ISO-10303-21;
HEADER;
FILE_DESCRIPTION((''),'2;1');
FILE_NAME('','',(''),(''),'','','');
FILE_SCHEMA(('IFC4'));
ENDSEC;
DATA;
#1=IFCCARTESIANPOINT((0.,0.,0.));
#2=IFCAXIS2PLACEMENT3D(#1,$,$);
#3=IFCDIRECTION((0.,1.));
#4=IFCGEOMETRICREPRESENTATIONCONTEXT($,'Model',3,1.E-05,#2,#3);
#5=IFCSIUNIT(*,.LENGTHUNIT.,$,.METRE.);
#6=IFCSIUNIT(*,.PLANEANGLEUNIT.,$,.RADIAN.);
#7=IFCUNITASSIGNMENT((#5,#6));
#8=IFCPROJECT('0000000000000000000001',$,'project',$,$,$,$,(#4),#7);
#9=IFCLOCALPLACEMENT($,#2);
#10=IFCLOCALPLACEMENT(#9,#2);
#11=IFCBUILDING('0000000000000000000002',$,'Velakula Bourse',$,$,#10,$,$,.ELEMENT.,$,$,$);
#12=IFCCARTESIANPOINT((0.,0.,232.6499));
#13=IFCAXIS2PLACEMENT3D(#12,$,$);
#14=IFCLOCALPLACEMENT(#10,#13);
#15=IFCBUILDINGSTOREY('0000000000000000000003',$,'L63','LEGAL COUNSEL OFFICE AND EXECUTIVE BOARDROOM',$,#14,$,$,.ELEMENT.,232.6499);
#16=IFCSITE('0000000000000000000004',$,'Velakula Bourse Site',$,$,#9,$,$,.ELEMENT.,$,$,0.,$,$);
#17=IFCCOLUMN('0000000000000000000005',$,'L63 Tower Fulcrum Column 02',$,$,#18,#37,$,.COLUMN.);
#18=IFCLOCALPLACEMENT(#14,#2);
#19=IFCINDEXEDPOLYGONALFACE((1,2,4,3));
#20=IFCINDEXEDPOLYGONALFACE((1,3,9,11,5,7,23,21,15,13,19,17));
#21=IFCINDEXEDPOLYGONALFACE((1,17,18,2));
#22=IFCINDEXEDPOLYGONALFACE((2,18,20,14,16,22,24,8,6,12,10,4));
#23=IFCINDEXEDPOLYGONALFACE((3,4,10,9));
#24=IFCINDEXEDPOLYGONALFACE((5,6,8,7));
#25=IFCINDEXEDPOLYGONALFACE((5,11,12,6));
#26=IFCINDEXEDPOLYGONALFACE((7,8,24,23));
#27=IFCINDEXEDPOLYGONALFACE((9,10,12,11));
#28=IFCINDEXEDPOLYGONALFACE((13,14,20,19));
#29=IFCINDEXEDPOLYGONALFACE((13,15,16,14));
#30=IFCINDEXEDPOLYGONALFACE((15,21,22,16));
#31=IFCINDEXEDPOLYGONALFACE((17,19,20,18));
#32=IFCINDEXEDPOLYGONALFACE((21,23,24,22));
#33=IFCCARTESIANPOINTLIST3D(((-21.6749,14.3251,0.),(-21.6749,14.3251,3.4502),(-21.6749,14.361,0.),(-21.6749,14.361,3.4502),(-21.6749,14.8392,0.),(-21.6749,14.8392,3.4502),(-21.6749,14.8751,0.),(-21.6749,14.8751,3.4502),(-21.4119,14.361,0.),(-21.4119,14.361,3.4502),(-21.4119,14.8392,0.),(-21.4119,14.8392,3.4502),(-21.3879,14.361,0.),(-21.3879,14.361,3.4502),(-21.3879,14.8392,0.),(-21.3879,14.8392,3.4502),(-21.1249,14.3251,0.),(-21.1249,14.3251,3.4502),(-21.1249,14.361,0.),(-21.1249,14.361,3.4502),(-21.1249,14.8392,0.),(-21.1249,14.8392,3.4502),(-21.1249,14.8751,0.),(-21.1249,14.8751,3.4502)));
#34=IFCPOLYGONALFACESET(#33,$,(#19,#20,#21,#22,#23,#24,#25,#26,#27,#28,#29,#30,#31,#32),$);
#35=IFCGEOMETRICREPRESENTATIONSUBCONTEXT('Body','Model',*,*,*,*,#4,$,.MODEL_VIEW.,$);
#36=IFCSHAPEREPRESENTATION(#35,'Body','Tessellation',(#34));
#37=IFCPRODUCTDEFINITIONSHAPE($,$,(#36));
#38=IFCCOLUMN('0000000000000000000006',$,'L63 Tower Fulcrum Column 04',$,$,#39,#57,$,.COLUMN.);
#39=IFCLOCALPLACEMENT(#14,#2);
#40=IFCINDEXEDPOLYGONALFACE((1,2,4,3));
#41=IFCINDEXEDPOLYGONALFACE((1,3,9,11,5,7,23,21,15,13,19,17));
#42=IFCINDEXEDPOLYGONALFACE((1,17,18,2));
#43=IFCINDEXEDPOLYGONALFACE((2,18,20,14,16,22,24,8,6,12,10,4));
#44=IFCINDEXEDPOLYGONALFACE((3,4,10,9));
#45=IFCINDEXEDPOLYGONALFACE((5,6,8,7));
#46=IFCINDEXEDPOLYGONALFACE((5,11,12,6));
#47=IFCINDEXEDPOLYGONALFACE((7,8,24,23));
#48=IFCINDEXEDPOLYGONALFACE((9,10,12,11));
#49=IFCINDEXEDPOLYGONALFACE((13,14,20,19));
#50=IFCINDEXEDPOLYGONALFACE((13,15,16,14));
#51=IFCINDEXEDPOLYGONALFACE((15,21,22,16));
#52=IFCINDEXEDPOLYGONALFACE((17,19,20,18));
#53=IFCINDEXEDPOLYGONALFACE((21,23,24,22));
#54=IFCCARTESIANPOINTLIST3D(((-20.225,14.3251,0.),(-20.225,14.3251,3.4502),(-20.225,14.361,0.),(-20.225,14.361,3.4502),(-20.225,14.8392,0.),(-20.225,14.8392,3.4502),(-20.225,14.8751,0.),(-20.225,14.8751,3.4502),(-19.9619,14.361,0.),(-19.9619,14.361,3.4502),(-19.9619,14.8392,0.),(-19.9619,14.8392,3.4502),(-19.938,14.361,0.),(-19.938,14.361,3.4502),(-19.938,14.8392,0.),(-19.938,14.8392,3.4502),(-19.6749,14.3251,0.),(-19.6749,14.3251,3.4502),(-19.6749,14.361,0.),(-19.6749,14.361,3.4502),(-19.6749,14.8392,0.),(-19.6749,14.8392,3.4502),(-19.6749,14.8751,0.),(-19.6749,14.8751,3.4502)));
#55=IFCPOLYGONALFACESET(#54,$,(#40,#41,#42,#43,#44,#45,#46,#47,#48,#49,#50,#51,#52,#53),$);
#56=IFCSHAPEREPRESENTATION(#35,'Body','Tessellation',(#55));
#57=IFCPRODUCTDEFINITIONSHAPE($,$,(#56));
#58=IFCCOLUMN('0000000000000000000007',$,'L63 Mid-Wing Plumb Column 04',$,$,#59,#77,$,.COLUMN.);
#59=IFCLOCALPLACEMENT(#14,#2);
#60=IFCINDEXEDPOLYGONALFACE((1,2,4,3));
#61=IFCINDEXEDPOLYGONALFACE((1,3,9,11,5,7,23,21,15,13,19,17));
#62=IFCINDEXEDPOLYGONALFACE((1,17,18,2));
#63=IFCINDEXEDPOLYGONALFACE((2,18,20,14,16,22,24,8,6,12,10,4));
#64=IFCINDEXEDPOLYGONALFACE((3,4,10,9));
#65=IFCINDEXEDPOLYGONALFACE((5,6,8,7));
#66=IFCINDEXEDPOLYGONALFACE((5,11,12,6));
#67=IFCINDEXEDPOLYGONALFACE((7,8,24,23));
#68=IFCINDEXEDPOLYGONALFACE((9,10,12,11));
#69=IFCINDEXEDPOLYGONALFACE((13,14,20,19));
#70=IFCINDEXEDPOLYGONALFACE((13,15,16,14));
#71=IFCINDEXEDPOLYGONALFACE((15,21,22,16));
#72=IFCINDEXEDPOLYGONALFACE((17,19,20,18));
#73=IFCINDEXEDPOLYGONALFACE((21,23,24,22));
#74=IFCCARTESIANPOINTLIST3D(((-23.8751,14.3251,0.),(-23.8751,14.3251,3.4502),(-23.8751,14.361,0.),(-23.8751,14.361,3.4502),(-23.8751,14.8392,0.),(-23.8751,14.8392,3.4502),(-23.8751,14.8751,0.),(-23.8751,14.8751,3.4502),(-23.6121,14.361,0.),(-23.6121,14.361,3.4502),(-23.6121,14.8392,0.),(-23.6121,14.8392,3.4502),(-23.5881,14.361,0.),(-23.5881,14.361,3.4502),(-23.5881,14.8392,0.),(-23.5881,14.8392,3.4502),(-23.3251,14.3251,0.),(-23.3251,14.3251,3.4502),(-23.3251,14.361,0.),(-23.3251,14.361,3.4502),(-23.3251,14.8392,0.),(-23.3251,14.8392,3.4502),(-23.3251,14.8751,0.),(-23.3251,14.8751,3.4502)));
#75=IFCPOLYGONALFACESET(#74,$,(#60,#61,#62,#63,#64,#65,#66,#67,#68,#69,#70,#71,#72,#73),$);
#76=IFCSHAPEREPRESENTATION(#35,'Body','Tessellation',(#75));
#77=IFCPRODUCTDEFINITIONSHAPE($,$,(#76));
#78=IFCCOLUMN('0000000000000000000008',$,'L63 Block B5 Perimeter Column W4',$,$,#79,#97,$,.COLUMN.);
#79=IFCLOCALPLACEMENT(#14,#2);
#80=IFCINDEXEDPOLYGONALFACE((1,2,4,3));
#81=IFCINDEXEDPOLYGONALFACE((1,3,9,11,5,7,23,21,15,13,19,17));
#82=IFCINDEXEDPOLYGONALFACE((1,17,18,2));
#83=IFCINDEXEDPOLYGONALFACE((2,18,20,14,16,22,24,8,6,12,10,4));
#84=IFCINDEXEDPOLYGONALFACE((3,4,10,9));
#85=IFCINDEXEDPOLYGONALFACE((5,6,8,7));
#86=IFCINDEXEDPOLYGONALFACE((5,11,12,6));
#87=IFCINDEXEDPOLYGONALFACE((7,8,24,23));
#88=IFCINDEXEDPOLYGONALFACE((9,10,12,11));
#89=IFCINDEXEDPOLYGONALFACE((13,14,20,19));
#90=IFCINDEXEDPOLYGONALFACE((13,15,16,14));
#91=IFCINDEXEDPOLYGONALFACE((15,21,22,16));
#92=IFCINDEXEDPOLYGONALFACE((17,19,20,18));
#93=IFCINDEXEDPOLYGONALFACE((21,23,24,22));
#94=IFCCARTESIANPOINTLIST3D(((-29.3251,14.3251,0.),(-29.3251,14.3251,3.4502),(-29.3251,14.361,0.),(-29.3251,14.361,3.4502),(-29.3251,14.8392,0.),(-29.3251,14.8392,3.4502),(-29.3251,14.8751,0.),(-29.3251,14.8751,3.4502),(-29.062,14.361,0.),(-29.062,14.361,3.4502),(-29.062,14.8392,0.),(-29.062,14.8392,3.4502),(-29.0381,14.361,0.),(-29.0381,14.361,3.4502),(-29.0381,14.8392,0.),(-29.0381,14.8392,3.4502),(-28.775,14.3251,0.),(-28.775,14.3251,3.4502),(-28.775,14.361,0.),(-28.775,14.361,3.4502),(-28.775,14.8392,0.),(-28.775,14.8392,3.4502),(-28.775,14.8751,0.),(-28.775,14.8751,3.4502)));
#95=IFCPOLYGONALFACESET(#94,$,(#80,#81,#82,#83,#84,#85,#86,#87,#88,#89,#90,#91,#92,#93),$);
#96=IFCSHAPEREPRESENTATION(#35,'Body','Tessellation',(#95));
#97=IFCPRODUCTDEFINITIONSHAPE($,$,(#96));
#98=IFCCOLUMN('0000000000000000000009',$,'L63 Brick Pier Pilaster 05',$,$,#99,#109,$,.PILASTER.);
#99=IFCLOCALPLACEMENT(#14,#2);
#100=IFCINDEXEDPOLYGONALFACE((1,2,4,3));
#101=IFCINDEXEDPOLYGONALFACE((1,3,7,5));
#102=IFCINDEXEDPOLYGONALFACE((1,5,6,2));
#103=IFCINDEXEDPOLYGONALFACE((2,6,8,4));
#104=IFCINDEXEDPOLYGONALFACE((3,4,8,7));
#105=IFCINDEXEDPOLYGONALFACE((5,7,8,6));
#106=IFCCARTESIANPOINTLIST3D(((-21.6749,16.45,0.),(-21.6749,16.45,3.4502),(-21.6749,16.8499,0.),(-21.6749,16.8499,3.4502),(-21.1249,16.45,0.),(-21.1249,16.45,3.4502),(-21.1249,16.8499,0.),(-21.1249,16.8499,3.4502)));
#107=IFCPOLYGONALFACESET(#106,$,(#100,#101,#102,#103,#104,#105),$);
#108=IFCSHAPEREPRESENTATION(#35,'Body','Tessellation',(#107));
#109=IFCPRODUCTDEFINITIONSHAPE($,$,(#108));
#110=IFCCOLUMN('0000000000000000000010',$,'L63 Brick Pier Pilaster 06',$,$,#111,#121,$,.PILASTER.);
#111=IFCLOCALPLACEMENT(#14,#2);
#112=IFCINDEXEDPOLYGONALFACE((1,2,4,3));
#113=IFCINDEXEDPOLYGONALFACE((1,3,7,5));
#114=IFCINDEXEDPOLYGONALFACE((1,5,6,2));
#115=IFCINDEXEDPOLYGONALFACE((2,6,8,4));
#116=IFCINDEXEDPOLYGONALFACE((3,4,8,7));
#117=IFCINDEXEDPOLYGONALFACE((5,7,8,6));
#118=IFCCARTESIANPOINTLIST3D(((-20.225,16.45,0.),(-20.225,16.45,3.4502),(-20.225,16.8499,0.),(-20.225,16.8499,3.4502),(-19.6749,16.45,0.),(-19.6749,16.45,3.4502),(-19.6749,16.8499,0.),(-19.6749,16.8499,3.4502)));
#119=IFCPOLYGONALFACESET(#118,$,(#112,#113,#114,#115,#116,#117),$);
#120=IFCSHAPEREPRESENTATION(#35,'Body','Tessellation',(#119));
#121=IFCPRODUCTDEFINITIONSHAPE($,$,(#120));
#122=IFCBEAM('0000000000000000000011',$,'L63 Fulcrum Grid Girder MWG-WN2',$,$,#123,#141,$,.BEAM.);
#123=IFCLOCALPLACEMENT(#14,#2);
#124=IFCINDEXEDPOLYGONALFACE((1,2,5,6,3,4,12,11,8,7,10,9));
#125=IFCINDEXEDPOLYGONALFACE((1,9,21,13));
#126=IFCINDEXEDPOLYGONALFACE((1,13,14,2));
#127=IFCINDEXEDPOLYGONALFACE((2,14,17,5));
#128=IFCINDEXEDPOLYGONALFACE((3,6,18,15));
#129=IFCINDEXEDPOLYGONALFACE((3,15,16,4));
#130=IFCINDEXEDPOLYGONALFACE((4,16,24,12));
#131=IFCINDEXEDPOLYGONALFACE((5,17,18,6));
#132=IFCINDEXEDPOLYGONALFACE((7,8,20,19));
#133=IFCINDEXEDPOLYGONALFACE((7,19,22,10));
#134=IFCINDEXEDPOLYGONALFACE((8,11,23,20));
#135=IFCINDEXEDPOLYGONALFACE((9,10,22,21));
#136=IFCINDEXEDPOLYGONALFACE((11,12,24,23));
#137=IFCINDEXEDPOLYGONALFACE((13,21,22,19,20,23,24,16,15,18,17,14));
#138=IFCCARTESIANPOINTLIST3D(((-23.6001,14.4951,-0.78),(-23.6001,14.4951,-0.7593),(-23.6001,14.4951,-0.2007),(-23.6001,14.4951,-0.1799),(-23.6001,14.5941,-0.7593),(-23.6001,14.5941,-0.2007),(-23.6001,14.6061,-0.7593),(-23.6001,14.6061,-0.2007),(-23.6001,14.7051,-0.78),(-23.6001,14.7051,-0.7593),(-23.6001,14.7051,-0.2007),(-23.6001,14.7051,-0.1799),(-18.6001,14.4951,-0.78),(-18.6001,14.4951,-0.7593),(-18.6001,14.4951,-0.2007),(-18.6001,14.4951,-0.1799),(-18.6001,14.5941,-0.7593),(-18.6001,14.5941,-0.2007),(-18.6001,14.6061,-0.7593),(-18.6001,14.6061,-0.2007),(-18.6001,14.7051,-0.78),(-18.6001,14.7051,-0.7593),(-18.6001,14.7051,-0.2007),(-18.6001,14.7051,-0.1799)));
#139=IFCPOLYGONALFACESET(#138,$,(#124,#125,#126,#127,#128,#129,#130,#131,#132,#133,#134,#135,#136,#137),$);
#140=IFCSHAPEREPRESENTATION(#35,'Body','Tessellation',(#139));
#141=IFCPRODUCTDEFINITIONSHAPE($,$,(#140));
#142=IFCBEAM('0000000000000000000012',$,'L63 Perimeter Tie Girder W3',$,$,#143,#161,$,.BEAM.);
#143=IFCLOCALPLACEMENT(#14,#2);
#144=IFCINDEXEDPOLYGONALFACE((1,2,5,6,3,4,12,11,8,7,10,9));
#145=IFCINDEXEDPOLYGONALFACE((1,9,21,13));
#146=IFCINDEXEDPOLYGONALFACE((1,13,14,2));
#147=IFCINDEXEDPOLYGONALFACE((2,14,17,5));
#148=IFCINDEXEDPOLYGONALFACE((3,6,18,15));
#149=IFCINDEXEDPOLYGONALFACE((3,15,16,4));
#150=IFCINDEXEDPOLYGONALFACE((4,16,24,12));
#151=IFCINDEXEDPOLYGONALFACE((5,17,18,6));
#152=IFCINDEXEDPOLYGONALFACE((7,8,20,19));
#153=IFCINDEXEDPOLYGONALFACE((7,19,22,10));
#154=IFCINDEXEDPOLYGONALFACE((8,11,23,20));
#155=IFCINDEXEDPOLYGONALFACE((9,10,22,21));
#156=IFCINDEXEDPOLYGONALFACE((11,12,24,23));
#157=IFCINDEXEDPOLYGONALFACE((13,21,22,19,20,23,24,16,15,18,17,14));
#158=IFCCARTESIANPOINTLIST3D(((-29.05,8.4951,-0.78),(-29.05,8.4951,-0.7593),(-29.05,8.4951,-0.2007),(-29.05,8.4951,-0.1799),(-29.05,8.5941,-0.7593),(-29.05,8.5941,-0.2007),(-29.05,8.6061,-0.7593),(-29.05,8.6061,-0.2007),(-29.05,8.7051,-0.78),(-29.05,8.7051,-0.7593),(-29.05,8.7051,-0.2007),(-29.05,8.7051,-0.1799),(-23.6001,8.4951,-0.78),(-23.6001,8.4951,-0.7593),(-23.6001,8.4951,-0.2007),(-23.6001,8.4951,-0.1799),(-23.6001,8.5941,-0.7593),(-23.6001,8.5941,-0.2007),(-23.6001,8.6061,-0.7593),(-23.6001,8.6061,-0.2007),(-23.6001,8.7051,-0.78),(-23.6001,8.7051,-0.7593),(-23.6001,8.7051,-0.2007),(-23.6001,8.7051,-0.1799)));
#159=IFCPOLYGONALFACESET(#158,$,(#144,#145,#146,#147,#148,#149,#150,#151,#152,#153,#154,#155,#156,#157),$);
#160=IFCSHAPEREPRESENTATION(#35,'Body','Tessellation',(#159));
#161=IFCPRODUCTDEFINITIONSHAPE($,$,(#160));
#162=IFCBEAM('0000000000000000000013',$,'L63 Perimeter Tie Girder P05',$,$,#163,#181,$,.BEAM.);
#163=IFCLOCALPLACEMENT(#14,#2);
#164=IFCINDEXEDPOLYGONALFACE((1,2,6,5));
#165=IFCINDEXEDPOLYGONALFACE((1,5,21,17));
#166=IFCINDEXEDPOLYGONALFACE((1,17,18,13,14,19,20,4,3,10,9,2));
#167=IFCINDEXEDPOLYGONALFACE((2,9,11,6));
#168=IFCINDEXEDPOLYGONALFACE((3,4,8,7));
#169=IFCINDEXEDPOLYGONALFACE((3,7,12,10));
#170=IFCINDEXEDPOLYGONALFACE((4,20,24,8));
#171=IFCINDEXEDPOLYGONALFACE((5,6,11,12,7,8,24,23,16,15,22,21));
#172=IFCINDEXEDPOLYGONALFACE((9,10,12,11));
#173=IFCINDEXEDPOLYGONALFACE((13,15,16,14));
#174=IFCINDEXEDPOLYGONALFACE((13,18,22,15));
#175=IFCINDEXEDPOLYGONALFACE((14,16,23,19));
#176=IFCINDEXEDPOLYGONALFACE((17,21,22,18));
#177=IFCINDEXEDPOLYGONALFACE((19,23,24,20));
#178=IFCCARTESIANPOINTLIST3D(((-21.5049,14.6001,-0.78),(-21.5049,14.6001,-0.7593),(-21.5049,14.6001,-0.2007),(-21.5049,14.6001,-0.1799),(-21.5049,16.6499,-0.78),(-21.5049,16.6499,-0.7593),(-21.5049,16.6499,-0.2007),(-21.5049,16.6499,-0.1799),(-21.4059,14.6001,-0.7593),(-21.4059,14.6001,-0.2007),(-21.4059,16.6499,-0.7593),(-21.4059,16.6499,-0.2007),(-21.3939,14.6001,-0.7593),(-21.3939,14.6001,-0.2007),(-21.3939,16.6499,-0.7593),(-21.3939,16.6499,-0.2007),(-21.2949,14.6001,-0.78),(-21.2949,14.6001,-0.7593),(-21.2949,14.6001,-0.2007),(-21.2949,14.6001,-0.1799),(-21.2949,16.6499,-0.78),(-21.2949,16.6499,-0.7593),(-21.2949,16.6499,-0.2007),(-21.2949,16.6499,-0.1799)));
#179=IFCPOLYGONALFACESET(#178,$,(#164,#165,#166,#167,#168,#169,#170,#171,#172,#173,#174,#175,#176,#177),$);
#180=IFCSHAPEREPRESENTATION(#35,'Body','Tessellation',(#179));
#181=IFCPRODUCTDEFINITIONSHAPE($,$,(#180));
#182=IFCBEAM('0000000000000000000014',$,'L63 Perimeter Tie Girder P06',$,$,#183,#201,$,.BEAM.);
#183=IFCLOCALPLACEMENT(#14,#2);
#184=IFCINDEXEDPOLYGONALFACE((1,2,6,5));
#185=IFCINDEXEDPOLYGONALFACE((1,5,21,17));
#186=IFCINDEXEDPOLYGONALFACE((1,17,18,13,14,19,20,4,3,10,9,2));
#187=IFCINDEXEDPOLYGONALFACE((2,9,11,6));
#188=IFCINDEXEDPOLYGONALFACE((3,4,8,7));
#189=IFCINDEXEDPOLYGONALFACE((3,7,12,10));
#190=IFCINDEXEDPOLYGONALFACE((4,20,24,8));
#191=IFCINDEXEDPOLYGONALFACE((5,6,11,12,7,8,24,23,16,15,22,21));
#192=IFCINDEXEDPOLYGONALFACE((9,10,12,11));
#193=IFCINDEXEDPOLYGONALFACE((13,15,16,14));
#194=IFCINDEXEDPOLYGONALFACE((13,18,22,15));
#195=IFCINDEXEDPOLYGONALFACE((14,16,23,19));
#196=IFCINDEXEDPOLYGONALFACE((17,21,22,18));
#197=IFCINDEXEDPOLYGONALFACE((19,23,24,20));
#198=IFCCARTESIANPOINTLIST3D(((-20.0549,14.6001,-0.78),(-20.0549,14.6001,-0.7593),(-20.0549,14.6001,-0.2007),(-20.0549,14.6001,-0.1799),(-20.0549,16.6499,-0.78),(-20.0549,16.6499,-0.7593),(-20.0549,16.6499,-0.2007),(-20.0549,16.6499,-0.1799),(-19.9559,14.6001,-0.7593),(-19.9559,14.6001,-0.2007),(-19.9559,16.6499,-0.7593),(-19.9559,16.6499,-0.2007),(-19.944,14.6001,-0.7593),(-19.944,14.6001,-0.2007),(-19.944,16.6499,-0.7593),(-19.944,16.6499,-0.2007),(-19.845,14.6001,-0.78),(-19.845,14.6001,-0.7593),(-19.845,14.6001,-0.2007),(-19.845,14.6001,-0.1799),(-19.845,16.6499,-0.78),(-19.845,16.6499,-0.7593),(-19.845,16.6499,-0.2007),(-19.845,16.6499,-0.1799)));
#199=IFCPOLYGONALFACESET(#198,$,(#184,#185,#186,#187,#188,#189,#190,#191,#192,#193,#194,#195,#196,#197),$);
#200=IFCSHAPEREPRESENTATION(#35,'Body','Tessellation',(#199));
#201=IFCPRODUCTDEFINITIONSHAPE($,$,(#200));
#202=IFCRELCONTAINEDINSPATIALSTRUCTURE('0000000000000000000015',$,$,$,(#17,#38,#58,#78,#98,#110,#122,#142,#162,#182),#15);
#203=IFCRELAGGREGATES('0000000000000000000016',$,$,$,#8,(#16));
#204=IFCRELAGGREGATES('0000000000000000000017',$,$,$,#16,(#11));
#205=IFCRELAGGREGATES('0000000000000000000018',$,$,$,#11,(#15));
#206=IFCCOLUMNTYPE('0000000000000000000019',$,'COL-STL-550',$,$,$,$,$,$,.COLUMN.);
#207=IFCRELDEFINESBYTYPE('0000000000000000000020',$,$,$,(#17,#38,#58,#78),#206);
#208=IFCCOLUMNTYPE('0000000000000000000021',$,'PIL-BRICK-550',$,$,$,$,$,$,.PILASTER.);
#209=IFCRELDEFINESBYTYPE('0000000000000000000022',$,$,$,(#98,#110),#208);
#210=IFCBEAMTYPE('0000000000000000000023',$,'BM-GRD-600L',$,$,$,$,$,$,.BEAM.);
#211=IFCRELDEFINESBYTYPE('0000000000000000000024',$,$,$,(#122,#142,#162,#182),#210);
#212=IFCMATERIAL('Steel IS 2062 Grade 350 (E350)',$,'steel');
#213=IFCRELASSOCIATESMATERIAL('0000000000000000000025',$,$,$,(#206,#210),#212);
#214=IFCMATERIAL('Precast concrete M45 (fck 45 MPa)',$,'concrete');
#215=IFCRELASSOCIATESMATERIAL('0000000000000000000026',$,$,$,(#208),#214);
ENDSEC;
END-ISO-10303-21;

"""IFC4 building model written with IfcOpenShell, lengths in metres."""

from ifc_helpers import new_model, si_unit, direction, frame, origin, origin_2d, place, context, subcontext, project, spatial, rectangle, i_section, extrude, material, material_profile, profile_set, type_object, element, save


model = new_model("IFC4")

# Units and contexts
model_context = context("Model", 3, precision=1e-05, world=origin(), true_north=direction((0.0, 1.0)))
body_context = subcontext(model_context, "Body", "Model", "MODEL_VIEW")
ifc_project = project(units=[si_unit("LENGTHUNIT", "METRE"), si_unit("PLANEANGLEUNIT", "RADIAN")], contexts=[model_context])

# Site, building, storey
site_placement = place(None, origin())
site = spatial("IfcSite", under=ifc_project, at=site_placement, Name="Velakula Bourse Site", CompositionType="ELEMENT", RefElevation=0.0)
building_placement = place(site_placement, origin())
building = spatial("IfcBuilding", under=site, at=building_placement, Name="Velakula Bourse", CompositionType="ELEMENT")
storey_placement = place(building_placement, frame((0.0, 0.0, 232.6499)))
storey = spatial("IfcBuildingStorey", under=building, at=storey_placement, Name="L63", Description="LEGAL COUNSEL OFFICE AND EXECUTIVE BOARDROOM", CompositionType="ELEMENT", Elevation=232.6499)

# Columns
ifc_material_1 = material(Name="Steel IS 2062 Grade 350 (E350)", Category="steel")
ifc_material_profile_1 = material_profile(ifc_material_1, i_section(OverallWidth=0.55, OverallDepth=0.55, WebThickness=0.0239, FlangeThickness=0.0359, at=origin_2d()), Name="Steel IS 2062 Grade 350 (E350)")
ifc_profile_set_1 = profile_set([ifc_material_profile_1], Name="Steel IS 2062 Grade 350 (E350)")
column_type_1 = type_object("IfcColumnType", Name="COL-STL-550", PredefinedType="COLUMN", material=ifc_profile_set_1)
for number, where, z_axis, x_axis, name in (
    (1, (-21.3999, 14.6001, 0.0), (0.0, 0.0, 1.0), (1.0, 0.0, 0.0), "L63 Tower Fulcrum Column 02"),
    (2, (-19.95, 14.6001, 0.0), (0.0, 0.0, 1.0), (1.0, 0.0, 0.0), "L63 Tower Fulcrum Column 04"),
    (3, (-23.6001, 14.6001, 0.0), (0.0, 0.0, 1.0), (1.0, 0.0, 0.0), "L63 Mid-Wing Plumb Column 04"),
    (4, (-29.05, 14.6001, 0.0), (0.0, 0.0, 1.0), (1.0, 0.0, 0.0), "L63 Block B5 Perimeter Column W4"),
):
    element("IfcColumn", number, at=place(storey_placement, frame(where, z_axis=z_axis, x_axis=x_axis)), inside=storey, type_object=column_type_1, Name=name, PredefinedType="COLUMN", context=body_context, shape_type="SweptSolid", body=[
        extrude(i_section(OverallWidth=0.55, OverallDepth=0.55, WebThickness=0.0239, FlangeThickness=0.0359, at=origin_2d()), origin(), (0.0, 0.0, 1.0), 3.4502),
    ])
ifc_material_2 = material(Name="Precast concrete M45 (fck 45 MPa)", Category="concrete")
ifc_material_profile_2 = material_profile(ifc_material_2, rectangle(XDim=0.55, YDim=0.3999, at=origin_2d()), Name="Precast concrete M45 (fck 45 MPa)")
ifc_profile_set_2 = profile_set([ifc_material_profile_2], Name="Precast concrete M45 (fck 45 MPa)")
column_type_2 = type_object("IfcColumnType", Name="PIL-BRICK-550", PredefinedType="PILASTER", material=ifc_profile_set_2)
for number, where, z_axis, x_axis, name in (
    (5, (-21.3999, 16.6499, 0.0), (0.0, 0.0, 1.0), (1.0, 0.0, 0.0), "L63 Brick Pier Pilaster 05"),
    (6, (-19.95, 16.6499, 0.0), (0.0, 0.0, 1.0), (1.0, 0.0, 0.0), "L63 Brick Pier Pilaster 06"),
):
    element("IfcColumn", number, at=place(storey_placement, frame(where, z_axis=z_axis, x_axis=x_axis)), inside=storey, type_object=column_type_2, Name=name, PredefinedType="PILASTER", context=body_context, shape_type="SweptSolid", body=[
        extrude(rectangle(XDim=0.55, YDim=0.3999, at=origin_2d()), origin(), (0.0, 0.0, 1.0), 3.4502),
    ])

# Beams
ifc_material_profile_3 = material_profile(ifc_material_1, i_section(OverallWidth=0.21, OverallDepth=0.6001, WebThickness=0.012, FlangeThickness=0.0208, at=origin_2d()), Name="Steel IS 2062 Grade 350 (E350)")
ifc_profile_set_3 = profile_set([ifc_material_profile_3], Name="Steel IS 2062 Grade 350 (E350)")
beam_type_1 = type_object("IfcBeamType", Name="BM-GRD-600L", PredefinedType="BEAM", material=ifc_profile_set_3)
beam_1_placement = place(storey_placement, frame((-23.6001, 14.6001, -0.48), z_axis=(1.0, 0.0, 0.0), x_axis=(0.0, 1.0, 0.0)))
element("IfcBeam", 7, at=beam_1_placement, inside=storey, type_object=beam_type_1, Name="L63 Fulcrum Grid Girder MWG-WN2", PredefinedType="BEAM", context=body_context, shape_type="SweptSolid", body=[
    extrude(i_section(OverallWidth=0.21, OverallDepth=0.6001, WebThickness=0.012, FlangeThickness=0.0208, at=origin_2d()), origin(), (0.0, 0.0, 1.0), 5.0),
])
beam_2_placement = place(storey_placement, frame((-23.6001, 8.6001, -0.48), z_axis=(-1.0, 0.0, 0.0), x_axis=(0.0, -1.0, 0.0)))
element("IfcBeam", 8, at=beam_2_placement, inside=storey, type_object=beam_type_1, Name="L63 Perimeter Tie Girder W3", PredefinedType="BEAM", context=body_context, shape_type="SweptSolid", body=[
    extrude(i_section(OverallWidth=0.21, OverallDepth=0.6001, WebThickness=0.012, FlangeThickness=0.0208, at=origin_2d()), origin(), (0.0, 0.0, 1.0), 5.45),
])
for number, where, z_axis, x_axis, name in (
    (9, (-21.3999, 14.6001, -0.48), (0.0, 1.0, 0.0), (-1.0, 0.0, 0.0), "L63 Perimeter Tie Girder P05"),
    (10, (-19.95, 14.6001, -0.48), (0.0, 1.0, 0.0), (-1.0, 0.0, 0.0), "L63 Perimeter Tie Girder P06"),
):
    element("IfcBeam", number, at=place(storey_placement, frame(where, z_axis=z_axis, x_axis=x_axis)), inside=storey, type_object=beam_type_1, Name=name, PredefinedType="BEAM", context=body_context, shape_type="SweptSolid", body=[
        extrude(i_section(OverallWidth=0.21, OverallDepth=0.6001, WebThickness=0.012, FlangeThickness=0.0208, at=origin_2d()), origin(), (0.0, 0.0, 1.0), 2.0498),
    ])

save(model, "model.ifc")
